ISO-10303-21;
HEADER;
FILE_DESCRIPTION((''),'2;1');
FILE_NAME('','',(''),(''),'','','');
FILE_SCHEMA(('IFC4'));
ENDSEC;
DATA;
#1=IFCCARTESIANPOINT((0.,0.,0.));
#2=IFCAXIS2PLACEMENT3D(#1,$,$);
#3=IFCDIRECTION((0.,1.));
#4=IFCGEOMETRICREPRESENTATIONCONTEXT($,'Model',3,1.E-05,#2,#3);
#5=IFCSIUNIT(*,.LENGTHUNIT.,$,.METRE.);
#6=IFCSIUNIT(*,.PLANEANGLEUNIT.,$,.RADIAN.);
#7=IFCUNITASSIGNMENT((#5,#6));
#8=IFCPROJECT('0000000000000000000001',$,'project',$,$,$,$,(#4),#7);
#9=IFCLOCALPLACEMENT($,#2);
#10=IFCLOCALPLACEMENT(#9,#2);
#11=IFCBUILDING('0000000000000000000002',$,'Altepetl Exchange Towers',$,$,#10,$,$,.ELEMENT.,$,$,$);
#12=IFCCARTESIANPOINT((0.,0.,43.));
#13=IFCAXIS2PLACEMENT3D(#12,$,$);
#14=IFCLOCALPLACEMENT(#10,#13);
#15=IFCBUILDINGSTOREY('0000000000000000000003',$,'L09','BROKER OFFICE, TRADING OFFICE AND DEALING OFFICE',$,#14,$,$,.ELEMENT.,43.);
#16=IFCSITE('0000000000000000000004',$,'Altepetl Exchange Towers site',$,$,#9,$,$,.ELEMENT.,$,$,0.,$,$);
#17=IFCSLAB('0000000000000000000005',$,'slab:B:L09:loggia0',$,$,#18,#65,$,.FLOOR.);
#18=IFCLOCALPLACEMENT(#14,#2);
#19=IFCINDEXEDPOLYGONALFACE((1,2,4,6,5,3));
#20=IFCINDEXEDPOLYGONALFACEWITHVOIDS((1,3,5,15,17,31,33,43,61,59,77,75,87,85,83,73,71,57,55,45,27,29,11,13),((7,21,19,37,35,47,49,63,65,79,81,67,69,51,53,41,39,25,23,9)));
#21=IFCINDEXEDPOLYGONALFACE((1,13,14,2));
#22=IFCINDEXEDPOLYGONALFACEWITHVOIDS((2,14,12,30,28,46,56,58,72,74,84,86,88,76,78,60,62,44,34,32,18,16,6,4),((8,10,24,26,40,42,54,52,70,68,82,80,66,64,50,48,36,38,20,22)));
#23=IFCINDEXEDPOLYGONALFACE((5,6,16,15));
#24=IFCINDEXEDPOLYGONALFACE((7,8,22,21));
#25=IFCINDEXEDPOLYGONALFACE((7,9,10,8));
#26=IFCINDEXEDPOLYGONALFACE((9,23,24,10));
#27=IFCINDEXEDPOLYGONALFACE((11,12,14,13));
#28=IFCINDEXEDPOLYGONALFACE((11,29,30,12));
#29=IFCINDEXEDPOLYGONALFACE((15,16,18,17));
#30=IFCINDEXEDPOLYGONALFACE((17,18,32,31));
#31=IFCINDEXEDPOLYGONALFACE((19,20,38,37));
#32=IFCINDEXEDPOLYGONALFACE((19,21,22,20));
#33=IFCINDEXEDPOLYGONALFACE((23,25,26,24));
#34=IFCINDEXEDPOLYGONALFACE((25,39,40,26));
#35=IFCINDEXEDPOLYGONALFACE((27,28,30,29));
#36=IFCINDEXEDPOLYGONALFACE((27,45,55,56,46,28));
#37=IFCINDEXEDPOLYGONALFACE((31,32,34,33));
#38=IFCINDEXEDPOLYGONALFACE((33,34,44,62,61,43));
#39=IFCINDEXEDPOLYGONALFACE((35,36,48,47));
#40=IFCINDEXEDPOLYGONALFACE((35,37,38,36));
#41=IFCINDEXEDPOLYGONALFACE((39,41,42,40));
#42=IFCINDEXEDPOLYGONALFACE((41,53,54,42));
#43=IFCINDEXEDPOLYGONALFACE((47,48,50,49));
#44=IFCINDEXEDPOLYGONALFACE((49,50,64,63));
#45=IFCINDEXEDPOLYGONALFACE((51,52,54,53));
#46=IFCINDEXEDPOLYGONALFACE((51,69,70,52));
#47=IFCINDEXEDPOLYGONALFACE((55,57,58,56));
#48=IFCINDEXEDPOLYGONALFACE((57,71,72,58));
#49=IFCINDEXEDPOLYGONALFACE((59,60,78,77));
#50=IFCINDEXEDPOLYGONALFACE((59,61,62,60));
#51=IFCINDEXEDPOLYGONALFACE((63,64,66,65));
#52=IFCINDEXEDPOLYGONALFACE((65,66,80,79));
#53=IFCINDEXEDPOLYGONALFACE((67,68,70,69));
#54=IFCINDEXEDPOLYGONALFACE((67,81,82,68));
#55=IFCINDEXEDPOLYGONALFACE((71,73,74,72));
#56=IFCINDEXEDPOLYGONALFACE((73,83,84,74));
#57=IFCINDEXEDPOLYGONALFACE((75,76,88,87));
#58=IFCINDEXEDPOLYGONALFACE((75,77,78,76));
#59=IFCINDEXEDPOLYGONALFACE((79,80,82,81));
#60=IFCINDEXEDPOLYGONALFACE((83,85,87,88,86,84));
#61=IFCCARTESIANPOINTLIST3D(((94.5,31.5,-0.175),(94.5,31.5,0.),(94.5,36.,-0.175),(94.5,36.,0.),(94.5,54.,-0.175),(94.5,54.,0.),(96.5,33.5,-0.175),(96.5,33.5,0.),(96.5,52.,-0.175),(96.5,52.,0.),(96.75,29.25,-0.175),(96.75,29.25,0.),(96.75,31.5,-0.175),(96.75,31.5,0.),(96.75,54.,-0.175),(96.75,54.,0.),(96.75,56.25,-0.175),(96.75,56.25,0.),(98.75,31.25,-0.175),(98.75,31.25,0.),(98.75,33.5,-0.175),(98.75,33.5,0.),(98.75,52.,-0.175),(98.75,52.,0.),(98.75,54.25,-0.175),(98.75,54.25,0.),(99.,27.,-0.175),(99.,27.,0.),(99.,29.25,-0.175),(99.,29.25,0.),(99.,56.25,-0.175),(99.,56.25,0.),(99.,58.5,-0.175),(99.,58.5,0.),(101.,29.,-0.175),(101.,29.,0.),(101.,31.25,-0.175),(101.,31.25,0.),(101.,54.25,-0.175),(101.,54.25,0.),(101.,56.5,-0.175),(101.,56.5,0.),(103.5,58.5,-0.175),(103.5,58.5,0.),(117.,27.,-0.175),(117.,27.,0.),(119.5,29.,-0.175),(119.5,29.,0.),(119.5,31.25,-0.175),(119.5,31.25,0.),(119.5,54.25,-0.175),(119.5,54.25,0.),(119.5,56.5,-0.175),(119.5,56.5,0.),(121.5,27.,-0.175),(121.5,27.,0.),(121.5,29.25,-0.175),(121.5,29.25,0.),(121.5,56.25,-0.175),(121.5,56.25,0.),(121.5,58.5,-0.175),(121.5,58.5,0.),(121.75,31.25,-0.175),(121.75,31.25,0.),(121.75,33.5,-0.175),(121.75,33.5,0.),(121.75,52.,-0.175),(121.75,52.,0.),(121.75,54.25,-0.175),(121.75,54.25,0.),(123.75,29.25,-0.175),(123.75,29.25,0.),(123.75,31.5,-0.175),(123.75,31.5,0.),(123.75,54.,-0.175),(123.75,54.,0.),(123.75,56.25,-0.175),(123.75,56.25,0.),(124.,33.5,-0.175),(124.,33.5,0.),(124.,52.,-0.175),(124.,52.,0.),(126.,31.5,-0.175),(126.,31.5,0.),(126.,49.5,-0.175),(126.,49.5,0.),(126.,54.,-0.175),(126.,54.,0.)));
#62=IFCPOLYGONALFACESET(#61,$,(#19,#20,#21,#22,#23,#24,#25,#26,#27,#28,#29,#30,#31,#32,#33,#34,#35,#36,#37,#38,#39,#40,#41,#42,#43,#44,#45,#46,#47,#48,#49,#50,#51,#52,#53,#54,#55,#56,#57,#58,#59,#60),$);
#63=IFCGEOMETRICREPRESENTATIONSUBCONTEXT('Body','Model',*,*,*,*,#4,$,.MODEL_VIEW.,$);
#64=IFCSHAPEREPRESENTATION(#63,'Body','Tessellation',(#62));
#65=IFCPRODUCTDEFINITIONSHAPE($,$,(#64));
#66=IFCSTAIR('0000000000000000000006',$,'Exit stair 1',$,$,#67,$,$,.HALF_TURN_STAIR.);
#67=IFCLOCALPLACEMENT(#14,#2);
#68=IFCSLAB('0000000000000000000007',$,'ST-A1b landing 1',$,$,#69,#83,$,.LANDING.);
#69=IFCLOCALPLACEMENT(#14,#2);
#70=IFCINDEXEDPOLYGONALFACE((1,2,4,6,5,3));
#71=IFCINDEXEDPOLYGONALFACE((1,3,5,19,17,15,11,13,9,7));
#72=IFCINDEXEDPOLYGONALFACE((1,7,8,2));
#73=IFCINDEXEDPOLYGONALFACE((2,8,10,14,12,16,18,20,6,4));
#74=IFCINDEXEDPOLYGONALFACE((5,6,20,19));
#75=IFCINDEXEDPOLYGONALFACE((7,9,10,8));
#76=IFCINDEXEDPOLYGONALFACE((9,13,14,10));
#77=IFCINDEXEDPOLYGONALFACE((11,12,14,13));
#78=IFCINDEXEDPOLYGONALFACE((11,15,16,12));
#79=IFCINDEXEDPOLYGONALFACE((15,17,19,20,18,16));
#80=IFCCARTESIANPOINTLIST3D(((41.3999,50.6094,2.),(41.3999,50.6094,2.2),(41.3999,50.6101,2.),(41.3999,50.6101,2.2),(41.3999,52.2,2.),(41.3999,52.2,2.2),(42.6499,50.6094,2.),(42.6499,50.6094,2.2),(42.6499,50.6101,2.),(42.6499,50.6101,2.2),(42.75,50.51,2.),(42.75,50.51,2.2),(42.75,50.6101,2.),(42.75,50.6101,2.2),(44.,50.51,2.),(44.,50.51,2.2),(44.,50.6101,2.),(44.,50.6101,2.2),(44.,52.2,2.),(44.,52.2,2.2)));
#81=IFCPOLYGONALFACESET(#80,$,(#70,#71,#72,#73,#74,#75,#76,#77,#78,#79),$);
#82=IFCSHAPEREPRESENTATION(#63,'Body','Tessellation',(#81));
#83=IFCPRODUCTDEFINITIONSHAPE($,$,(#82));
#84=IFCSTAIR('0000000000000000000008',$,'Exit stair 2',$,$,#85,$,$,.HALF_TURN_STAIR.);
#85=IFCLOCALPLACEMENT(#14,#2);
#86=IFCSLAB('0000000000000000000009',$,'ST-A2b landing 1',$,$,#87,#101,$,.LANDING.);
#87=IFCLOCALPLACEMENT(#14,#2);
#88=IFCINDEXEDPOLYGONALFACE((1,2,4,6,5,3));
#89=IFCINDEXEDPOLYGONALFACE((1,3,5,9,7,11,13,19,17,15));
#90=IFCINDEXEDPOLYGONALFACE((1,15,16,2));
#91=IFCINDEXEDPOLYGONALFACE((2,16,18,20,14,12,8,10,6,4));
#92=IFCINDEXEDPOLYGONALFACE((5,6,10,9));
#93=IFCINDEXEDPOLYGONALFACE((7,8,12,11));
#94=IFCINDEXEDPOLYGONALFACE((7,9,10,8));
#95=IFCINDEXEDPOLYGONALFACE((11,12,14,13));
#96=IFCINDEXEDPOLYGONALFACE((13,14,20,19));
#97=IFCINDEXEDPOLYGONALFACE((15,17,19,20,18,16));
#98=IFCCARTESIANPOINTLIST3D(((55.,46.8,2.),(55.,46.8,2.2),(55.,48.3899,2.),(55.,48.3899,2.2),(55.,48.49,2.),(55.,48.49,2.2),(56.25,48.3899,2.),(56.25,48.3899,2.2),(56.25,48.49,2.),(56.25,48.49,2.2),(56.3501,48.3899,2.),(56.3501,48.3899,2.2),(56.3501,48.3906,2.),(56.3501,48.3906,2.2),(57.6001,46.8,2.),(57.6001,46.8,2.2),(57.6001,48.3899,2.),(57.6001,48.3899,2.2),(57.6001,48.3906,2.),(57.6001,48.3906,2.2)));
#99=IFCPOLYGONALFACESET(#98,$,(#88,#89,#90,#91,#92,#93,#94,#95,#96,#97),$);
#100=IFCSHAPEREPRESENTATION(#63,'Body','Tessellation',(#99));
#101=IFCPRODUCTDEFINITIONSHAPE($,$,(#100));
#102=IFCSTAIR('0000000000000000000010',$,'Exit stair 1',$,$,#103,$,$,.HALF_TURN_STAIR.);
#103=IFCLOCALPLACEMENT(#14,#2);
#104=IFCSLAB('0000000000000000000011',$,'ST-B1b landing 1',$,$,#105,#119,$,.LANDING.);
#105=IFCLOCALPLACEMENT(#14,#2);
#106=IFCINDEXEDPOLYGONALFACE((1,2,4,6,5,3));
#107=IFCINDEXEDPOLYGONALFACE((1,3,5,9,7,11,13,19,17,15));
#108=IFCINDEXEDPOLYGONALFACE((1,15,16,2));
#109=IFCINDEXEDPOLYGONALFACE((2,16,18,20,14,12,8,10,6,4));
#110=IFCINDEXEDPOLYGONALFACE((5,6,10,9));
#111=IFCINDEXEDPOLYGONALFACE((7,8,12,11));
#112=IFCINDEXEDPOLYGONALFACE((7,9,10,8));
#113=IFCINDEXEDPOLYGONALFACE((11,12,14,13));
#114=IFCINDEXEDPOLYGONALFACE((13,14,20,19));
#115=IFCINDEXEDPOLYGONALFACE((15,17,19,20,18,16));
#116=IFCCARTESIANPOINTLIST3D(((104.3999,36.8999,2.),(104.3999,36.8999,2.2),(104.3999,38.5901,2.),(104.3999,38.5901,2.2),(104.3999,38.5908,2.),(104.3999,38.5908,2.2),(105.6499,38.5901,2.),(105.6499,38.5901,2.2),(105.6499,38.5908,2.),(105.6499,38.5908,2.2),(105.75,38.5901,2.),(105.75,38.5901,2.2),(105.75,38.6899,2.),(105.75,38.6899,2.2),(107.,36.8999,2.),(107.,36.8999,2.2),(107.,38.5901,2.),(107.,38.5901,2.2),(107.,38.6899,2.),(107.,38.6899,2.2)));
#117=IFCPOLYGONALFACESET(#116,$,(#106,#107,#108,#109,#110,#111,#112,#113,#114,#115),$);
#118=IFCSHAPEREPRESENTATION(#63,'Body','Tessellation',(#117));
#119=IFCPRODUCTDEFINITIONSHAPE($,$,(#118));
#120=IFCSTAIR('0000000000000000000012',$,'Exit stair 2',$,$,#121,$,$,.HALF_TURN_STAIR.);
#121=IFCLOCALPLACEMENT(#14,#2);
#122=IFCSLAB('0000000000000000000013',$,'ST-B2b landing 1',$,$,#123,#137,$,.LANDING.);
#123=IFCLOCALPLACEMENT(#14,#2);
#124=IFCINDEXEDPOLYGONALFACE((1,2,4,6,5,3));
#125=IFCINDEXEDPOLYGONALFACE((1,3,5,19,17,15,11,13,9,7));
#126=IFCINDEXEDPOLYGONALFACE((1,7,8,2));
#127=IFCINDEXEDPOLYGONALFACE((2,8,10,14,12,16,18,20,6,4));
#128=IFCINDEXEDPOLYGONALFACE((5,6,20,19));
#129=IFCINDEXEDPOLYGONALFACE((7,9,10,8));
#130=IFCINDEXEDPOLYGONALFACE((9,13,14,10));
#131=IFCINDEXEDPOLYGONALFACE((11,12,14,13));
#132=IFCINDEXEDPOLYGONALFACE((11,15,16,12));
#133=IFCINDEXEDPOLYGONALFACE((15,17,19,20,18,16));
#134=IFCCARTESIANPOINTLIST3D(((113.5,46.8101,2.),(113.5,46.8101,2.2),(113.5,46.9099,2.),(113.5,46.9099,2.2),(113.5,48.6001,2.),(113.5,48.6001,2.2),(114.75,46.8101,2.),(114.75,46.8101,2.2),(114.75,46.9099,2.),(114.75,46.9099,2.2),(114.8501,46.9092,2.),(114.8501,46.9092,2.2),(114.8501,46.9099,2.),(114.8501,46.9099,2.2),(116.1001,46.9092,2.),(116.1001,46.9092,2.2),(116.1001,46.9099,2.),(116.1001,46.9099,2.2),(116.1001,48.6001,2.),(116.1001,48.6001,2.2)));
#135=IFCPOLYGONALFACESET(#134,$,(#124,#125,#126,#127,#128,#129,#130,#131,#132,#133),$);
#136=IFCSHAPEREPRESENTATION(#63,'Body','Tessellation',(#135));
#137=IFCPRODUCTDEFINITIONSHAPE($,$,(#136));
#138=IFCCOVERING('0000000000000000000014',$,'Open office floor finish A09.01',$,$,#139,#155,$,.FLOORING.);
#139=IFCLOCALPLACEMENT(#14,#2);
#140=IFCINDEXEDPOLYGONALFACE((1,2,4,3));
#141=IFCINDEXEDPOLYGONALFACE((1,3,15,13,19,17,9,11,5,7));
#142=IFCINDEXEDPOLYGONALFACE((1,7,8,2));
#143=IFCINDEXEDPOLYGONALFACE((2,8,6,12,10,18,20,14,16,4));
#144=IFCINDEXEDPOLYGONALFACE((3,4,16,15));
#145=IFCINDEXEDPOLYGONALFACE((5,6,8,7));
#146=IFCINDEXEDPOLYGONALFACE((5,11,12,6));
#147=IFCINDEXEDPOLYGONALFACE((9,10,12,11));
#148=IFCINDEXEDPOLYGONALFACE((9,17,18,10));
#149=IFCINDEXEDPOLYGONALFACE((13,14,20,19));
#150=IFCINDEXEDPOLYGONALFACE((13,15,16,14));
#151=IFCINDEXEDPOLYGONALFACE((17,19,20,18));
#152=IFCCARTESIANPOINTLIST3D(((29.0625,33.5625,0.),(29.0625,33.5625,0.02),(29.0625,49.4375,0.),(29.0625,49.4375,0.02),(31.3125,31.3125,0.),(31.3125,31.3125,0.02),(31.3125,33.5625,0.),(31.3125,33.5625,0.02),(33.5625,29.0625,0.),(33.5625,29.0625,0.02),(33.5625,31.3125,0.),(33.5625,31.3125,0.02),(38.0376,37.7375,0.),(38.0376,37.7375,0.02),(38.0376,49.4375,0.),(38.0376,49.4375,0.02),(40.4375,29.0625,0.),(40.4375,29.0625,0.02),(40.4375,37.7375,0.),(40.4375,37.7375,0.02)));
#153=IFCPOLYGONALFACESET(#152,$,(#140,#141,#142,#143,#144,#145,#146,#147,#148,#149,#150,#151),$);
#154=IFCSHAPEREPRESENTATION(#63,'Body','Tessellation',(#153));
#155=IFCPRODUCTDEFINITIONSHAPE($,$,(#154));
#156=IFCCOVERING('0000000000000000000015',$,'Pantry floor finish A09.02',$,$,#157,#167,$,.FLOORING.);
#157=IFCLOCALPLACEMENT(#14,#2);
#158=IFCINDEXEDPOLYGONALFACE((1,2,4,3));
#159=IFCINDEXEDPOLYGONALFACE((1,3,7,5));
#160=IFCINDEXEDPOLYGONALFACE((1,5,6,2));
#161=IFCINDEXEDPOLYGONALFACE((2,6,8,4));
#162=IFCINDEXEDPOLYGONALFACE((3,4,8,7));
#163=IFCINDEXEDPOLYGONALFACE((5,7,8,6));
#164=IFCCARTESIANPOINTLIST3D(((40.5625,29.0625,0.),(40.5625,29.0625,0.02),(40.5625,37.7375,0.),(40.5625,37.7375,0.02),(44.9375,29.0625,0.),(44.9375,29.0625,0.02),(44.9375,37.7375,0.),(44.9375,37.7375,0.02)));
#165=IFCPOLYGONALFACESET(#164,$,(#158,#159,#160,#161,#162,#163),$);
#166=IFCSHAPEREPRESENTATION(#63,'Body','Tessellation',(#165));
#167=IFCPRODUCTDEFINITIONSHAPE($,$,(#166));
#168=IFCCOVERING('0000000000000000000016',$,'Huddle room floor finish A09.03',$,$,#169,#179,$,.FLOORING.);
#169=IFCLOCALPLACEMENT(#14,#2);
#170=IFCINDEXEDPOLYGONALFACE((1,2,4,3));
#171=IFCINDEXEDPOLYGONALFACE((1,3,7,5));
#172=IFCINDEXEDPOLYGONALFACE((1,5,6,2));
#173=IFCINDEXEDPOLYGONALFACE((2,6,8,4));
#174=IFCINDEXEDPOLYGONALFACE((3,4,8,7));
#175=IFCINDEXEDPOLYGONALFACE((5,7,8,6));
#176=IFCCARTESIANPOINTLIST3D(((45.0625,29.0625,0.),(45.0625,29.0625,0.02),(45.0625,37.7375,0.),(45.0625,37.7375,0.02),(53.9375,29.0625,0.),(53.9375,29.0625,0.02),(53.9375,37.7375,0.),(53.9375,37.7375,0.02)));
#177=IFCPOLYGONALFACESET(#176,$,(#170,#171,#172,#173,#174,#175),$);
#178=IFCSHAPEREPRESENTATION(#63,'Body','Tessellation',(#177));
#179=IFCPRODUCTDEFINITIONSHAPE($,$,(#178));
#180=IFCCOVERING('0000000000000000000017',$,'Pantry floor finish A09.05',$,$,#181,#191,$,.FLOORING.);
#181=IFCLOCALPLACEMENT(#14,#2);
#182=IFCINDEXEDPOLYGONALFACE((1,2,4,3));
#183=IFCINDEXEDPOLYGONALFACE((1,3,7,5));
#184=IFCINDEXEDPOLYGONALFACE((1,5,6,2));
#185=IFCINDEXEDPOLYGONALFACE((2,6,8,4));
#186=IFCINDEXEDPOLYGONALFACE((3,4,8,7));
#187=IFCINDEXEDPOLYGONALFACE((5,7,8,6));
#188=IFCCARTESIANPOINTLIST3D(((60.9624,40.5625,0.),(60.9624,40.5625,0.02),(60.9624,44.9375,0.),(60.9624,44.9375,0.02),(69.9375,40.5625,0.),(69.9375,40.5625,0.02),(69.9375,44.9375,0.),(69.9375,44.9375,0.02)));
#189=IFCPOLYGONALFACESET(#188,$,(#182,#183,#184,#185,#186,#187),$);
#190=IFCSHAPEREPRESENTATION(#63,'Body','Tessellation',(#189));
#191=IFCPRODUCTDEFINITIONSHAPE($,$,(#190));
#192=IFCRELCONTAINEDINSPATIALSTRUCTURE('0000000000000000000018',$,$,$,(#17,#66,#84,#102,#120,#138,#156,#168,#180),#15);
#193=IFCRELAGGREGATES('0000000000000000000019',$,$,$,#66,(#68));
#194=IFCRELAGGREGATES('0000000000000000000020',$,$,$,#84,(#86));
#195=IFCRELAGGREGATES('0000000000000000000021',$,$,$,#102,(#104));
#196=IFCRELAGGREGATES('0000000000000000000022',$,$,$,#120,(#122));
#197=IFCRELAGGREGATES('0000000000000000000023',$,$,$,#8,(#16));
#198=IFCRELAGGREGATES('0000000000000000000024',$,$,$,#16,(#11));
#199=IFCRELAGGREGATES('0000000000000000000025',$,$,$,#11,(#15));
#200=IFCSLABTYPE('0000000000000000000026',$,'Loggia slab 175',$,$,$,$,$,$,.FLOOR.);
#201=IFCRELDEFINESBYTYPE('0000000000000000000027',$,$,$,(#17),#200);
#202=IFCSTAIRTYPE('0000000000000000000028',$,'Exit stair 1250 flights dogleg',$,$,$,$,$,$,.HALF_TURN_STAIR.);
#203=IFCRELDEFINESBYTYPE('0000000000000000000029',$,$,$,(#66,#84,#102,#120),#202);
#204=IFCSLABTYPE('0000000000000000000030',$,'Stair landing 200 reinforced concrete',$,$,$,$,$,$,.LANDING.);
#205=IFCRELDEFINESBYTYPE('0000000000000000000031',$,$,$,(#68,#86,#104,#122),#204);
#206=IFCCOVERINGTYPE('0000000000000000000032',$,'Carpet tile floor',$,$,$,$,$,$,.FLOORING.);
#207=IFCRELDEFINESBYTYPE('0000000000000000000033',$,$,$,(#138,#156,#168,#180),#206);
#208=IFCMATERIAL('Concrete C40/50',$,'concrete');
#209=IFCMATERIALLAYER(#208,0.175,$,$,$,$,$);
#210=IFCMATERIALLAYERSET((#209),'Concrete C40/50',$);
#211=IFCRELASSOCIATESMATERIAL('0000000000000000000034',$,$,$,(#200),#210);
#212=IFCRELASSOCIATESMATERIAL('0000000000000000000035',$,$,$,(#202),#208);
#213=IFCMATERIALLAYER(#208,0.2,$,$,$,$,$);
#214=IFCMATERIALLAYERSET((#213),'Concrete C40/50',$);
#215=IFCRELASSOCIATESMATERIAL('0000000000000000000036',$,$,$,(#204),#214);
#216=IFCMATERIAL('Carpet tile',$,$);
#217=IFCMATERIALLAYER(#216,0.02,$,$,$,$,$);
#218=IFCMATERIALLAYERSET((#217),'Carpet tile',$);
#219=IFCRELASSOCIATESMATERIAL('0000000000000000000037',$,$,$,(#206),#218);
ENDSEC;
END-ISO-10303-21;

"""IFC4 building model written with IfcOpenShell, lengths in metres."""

from ifc_helpers import new_model, si_unit, direction, frame, origin, place, context, subcontext, project, spatial, polyline, outline, extrude, material, layer, layer_set, type_object, element, aggregate, save


model = new_model("IFC4")

# Units and contexts
model_context = context("Model", 3, precision=1e-05, world=origin(), true_north=direction((0.0, 1.0)))
body_context = subcontext(model_context, "Body", "Model", "MODEL_VIEW")
ifc_project = project(units=[si_unit("LENGTHUNIT", "METRE"), si_unit("PLANEANGLEUNIT", "RADIAN")], contexts=[model_context])

# Site, building, storey
site_placement = place(None, origin())
site = spatial("IfcSite", under=ifc_project, at=site_placement, Name="Altepetl Exchange Towers site", CompositionType="ELEMENT", RefElevation=0.0)
building_placement = place(site_placement, origin())
building = spatial("IfcBuilding", under=site, at=building_placement, Name="Altepetl Exchange Towers", CompositionType="ELEMENT")
storey_placement = place(building_placement, frame((0.0, 0.0, 43.0)))
storey = spatial("IfcBuildingStorey", under=building, at=storey_placement, Name="L09", Description="BROKER OFFICE, TRADING OFFICE AND DEALING OFFICE", CompositionType="ELEMENT", Elevation=43.0)

# Slab
ifc_material_1 = material(Name="Concrete C40/50", Category="concrete")
ifc_layer_1 = layer(ifc_material_1, 0.175)
ifc_layer_set_1 = layer_set([ifc_layer_1], Name="Concrete C40/50")
slab_type_1 = type_object("IfcSlabType", Name="Loggia slab 175", PredefinedType="FLOOR", material=ifc_layer_set_1)
slab_1_placement = place(storey_placement, frame((0.0, 0.0, -0.175)))
element("IfcSlab", 1, at=slab_1_placement, inside=storey, type_object=slab_type_1, Name="slab:B:L09:loggia0", PredefinedType="FLOOR", context=body_context, shape_type="SweptSolid", body=[
    extrude(outline(polyline([(96.75, 54.0), (94.5, 54.0), (94.5, 36.0), (94.5, 31.5), (96.75, 31.5), (96.75, 29.25), (99.0, 29.25), (99.0, 27.0), (117.0, 27.0), (121.5, 27.0), (121.5, 29.25), (123.75, 29.25), (123.75, 31.5), (126.0, 31.5), (126.0, 49.5), (126.0, 54.0), (123.75, 54.0), (123.75, 56.25), (121.5, 56.25), (121.5, 58.5), (103.5, 58.5), (99.0, 58.5), (99.0, 56.25), (96.75, 56.25), (96.75, 54.0)]), holes=[polyline([(96.5, 52.0), (98.75, 52.0), (98.75, 54.25), (101.0, 54.25), (101.0, 56.5), (119.5, 56.5), (119.5, 54.25), (121.75, 54.25), (121.75, 52.0), (124.0, 52.0), (124.0, 33.5), (121.75, 33.5), (121.75, 31.25), (119.5, 31.25), (119.5, 29.0), (101.0, 29.0), (101.0, 31.25), (98.75, 31.25), (98.75, 33.5), (96.5, 33.5), (96.5, 52.0)])]), origin(), (0.0, 0.0, 1.0), 0.175),
])

# Stairs, slabs
stair_type = type_object("IfcStairType", Name="Exit stair 1250 flights dogleg", PredefinedType="HALF_TURN_STAIR", material=ifc_material_1)
stair_1_placement = place(storey_placement, origin())
stair_1 = element("IfcStair", 2, at=stair_1_placement, inside=storey, type_object=stair_type, Name="Exit stair 1", PredefinedType="HALF_TURN_STAIR")
ifc_layer_2 = layer(ifc_material_1, 0.2)
ifc_layer_set_2 = layer_set([ifc_layer_2], Name="Concrete C40/50")
slab_type_2 = type_object("IfcSlabType", Name="Stair landing 200 reinforced concrete", PredefinedType="LANDING", material=ifc_layer_set_2)
slab_2_placement = place(storey_placement, frame((0.0, 0.0, 2.0)))
slab_2 = element("IfcSlab", 3, at=slab_2_placement, type_object=slab_type_2, Name="ST-A1b landing 1", PredefinedType="LANDING", context=body_context, shape_type="SweptSolid", body=[
    extrude(outline(polyline([(44.0, 50.51), (42.75, 50.51), (42.75, 50.6101), (42.6499, 50.6101), (42.6499, 50.6094), (41.3999, 50.6094), (41.3999, 50.6101), (41.3999, 52.2), (44.0, 52.2), (44.0, 50.6101), (44.0, 50.51)])), origin(), (0.0, 0.0, 1.0), 0.2),
])
aggregate(stair_1, [slab_2])
stair_2_placement = place(storey_placement, origin())
stair_2 = element("IfcStair", 4, at=stair_2_placement, inside=storey, type_object=stair_type, Name="Exit stair 2", PredefinedType="HALF_TURN_STAIR")
slab_3_placement = place(storey_placement, frame((0.0, 0.0, 2.0)))
slab_3 = element("IfcSlab", 5, at=slab_3_placement, type_object=slab_type_2, Name="ST-A2b landing 1", PredefinedType="LANDING", context=body_context, shape_type="SweptSolid", body=[
    extrude(outline(polyline([(57.6001, 46.8), (55.0, 46.8), (55.0, 48.3899), (55.0, 48.49), (56.25, 48.49), (56.25, 48.3899), (56.3501, 48.3899), (56.3501, 48.3906), (57.6001, 48.3906), (57.6001, 48.3899), (57.6001, 46.8)])), origin(), (0.0, 0.0, 1.0), 0.2),
])
aggregate(stair_2, [slab_3])
stair_3_placement = place(storey_placement, origin())
stair_3 = element("IfcStair", 6, at=stair_3_placement, inside=storey, type_object=stair_type, Name="Exit stair 1", PredefinedType="HALF_TURN_STAIR")
slab_4_placement = place(storey_placement, frame((0.0, 0.0, 2.0)))
slab_4 = element("IfcSlab", 7, at=slab_4_placement, type_object=slab_type_2, Name="ST-B1b landing 1", PredefinedType="LANDING", context=body_context, shape_type="SweptSolid", body=[
    extrude(outline(polyline([(107.0, 36.8999), (104.3999, 36.8999), (104.3999, 38.5901), (104.3999, 38.5908), (105.6499, 38.5908), (105.6499, 38.5901), (105.75, 38.5901), (105.75, 38.6899), (107.0, 38.6899), (107.0, 38.5901), (107.0, 36.8999)])), origin(), (0.0, 0.0, 1.0), 0.2),
])
aggregate(stair_3, [slab_4])
stair_4_placement = place(storey_placement, origin())
stair_4 = element("IfcStair", 8, at=stair_4_placement, inside=storey, type_object=stair_type, Name="Exit stair 2", PredefinedType="HALF_TURN_STAIR")
slab_5_placement = place(storey_placement, frame((0.0, 0.0, 2.0)))
slab_5 = element("IfcSlab", 9, at=slab_5_placement, type_object=slab_type_2, Name="ST-B2b landing 1", PredefinedType="LANDING", context=body_context, shape_type="SweptSolid", body=[
    extrude(outline(polyline([(114.75, 46.8101), (113.5, 46.8101), (113.5, 46.9099), (113.5, 48.6001), (116.1001, 48.6001), (116.1001, 46.9099), (116.1001, 46.9092), (114.8501, 46.9092), (114.8501, 46.9099), (114.75, 46.9099), (114.75, 46.8101)])), origin(), (0.0, 0.0, 1.0), 0.2),
])
aggregate(stair_4, [slab_5])

# Coverings
ifc_material_2 = material(Name="Carpet tile")
ifc_layer_3 = layer(ifc_material_2, 0.02)
ifc_layer_set_3 = layer_set([ifc_layer_3], Name="Carpet tile")
covering_type_1 = type_object("IfcCoveringType", Name="Carpet tile floor", PredefinedType="FLOORING", material=ifc_layer_set_3)
covering_1_placement = place(storey_placement, origin())
element("IfcCovering", 10, at=covering_1_placement, inside=storey, type_object=covering_type_1, Name="Open office floor finish A09.01", PredefinedType="FLOORING", context=body_context, shape_type="SweptSolid", body=[
    extrude(outline(polyline([(40.4375, 29.0625), (40.4375, 37.7375), (38.0376, 37.7375), (38.0376, 49.4375), (29.0625, 49.4375), (29.0625, 33.5625), (31.3125, 33.5625), (31.3125, 31.3125), (33.5625, 31.3125), (33.5625, 29.0625), (40.4375, 29.0625)])), origin(), (0.0, 0.0, 1.0), 0.02),
])
covering_2_placement = place(storey_placement, origin())
element("IfcCovering", 11, at=covering_2_placement, inside=storey, type_object=covering_type_1, Name="Pantry floor finish A09.02", PredefinedType="FLOORING", context=body_context, shape_type="SweptSolid", body=[
    extrude(outline(polyline([(44.9375, 29.0625), (44.9375, 37.7375), (40.5625, 37.7375), (40.5625, 29.0625), (44.9375, 29.0625)])), origin(), (0.0, 0.0, 1.0), 0.02),
])
covering_3_placement = place(storey_placement, origin())
element("IfcCovering", 12, at=covering_3_placement, inside=storey, type_object=covering_type_1, Name="Huddle room floor finish A09.03", PredefinedType="FLOORING", context=body_context, shape_type="SweptSolid", body=[
    extrude(outline(polyline([(53.9375, 29.0625), (53.9375, 37.7375), (45.0625, 37.7375), (45.0625, 29.0625), (53.9375, 29.0625)])), origin(), (0.0, 0.0, 1.0), 0.02),
])
covering_4_placement = place(storey_placement, origin())
element("IfcCovering", 13, at=covering_4_placement, inside=storey, type_object=covering_type_1, Name="Pantry floor finish A09.05", PredefinedType="FLOORING", context=body_context, shape_type="SweptSolid", body=[
    extrude(outline(polyline([(69.9375, 44.9375), (60.9624, 44.9375), (60.9624, 40.5625), (69.9375, 40.5625), (69.9375, 44.9375)])), origin(), (0.0, 0.0, 1.0), 0.02),
])

save(model, "model.ifc")
